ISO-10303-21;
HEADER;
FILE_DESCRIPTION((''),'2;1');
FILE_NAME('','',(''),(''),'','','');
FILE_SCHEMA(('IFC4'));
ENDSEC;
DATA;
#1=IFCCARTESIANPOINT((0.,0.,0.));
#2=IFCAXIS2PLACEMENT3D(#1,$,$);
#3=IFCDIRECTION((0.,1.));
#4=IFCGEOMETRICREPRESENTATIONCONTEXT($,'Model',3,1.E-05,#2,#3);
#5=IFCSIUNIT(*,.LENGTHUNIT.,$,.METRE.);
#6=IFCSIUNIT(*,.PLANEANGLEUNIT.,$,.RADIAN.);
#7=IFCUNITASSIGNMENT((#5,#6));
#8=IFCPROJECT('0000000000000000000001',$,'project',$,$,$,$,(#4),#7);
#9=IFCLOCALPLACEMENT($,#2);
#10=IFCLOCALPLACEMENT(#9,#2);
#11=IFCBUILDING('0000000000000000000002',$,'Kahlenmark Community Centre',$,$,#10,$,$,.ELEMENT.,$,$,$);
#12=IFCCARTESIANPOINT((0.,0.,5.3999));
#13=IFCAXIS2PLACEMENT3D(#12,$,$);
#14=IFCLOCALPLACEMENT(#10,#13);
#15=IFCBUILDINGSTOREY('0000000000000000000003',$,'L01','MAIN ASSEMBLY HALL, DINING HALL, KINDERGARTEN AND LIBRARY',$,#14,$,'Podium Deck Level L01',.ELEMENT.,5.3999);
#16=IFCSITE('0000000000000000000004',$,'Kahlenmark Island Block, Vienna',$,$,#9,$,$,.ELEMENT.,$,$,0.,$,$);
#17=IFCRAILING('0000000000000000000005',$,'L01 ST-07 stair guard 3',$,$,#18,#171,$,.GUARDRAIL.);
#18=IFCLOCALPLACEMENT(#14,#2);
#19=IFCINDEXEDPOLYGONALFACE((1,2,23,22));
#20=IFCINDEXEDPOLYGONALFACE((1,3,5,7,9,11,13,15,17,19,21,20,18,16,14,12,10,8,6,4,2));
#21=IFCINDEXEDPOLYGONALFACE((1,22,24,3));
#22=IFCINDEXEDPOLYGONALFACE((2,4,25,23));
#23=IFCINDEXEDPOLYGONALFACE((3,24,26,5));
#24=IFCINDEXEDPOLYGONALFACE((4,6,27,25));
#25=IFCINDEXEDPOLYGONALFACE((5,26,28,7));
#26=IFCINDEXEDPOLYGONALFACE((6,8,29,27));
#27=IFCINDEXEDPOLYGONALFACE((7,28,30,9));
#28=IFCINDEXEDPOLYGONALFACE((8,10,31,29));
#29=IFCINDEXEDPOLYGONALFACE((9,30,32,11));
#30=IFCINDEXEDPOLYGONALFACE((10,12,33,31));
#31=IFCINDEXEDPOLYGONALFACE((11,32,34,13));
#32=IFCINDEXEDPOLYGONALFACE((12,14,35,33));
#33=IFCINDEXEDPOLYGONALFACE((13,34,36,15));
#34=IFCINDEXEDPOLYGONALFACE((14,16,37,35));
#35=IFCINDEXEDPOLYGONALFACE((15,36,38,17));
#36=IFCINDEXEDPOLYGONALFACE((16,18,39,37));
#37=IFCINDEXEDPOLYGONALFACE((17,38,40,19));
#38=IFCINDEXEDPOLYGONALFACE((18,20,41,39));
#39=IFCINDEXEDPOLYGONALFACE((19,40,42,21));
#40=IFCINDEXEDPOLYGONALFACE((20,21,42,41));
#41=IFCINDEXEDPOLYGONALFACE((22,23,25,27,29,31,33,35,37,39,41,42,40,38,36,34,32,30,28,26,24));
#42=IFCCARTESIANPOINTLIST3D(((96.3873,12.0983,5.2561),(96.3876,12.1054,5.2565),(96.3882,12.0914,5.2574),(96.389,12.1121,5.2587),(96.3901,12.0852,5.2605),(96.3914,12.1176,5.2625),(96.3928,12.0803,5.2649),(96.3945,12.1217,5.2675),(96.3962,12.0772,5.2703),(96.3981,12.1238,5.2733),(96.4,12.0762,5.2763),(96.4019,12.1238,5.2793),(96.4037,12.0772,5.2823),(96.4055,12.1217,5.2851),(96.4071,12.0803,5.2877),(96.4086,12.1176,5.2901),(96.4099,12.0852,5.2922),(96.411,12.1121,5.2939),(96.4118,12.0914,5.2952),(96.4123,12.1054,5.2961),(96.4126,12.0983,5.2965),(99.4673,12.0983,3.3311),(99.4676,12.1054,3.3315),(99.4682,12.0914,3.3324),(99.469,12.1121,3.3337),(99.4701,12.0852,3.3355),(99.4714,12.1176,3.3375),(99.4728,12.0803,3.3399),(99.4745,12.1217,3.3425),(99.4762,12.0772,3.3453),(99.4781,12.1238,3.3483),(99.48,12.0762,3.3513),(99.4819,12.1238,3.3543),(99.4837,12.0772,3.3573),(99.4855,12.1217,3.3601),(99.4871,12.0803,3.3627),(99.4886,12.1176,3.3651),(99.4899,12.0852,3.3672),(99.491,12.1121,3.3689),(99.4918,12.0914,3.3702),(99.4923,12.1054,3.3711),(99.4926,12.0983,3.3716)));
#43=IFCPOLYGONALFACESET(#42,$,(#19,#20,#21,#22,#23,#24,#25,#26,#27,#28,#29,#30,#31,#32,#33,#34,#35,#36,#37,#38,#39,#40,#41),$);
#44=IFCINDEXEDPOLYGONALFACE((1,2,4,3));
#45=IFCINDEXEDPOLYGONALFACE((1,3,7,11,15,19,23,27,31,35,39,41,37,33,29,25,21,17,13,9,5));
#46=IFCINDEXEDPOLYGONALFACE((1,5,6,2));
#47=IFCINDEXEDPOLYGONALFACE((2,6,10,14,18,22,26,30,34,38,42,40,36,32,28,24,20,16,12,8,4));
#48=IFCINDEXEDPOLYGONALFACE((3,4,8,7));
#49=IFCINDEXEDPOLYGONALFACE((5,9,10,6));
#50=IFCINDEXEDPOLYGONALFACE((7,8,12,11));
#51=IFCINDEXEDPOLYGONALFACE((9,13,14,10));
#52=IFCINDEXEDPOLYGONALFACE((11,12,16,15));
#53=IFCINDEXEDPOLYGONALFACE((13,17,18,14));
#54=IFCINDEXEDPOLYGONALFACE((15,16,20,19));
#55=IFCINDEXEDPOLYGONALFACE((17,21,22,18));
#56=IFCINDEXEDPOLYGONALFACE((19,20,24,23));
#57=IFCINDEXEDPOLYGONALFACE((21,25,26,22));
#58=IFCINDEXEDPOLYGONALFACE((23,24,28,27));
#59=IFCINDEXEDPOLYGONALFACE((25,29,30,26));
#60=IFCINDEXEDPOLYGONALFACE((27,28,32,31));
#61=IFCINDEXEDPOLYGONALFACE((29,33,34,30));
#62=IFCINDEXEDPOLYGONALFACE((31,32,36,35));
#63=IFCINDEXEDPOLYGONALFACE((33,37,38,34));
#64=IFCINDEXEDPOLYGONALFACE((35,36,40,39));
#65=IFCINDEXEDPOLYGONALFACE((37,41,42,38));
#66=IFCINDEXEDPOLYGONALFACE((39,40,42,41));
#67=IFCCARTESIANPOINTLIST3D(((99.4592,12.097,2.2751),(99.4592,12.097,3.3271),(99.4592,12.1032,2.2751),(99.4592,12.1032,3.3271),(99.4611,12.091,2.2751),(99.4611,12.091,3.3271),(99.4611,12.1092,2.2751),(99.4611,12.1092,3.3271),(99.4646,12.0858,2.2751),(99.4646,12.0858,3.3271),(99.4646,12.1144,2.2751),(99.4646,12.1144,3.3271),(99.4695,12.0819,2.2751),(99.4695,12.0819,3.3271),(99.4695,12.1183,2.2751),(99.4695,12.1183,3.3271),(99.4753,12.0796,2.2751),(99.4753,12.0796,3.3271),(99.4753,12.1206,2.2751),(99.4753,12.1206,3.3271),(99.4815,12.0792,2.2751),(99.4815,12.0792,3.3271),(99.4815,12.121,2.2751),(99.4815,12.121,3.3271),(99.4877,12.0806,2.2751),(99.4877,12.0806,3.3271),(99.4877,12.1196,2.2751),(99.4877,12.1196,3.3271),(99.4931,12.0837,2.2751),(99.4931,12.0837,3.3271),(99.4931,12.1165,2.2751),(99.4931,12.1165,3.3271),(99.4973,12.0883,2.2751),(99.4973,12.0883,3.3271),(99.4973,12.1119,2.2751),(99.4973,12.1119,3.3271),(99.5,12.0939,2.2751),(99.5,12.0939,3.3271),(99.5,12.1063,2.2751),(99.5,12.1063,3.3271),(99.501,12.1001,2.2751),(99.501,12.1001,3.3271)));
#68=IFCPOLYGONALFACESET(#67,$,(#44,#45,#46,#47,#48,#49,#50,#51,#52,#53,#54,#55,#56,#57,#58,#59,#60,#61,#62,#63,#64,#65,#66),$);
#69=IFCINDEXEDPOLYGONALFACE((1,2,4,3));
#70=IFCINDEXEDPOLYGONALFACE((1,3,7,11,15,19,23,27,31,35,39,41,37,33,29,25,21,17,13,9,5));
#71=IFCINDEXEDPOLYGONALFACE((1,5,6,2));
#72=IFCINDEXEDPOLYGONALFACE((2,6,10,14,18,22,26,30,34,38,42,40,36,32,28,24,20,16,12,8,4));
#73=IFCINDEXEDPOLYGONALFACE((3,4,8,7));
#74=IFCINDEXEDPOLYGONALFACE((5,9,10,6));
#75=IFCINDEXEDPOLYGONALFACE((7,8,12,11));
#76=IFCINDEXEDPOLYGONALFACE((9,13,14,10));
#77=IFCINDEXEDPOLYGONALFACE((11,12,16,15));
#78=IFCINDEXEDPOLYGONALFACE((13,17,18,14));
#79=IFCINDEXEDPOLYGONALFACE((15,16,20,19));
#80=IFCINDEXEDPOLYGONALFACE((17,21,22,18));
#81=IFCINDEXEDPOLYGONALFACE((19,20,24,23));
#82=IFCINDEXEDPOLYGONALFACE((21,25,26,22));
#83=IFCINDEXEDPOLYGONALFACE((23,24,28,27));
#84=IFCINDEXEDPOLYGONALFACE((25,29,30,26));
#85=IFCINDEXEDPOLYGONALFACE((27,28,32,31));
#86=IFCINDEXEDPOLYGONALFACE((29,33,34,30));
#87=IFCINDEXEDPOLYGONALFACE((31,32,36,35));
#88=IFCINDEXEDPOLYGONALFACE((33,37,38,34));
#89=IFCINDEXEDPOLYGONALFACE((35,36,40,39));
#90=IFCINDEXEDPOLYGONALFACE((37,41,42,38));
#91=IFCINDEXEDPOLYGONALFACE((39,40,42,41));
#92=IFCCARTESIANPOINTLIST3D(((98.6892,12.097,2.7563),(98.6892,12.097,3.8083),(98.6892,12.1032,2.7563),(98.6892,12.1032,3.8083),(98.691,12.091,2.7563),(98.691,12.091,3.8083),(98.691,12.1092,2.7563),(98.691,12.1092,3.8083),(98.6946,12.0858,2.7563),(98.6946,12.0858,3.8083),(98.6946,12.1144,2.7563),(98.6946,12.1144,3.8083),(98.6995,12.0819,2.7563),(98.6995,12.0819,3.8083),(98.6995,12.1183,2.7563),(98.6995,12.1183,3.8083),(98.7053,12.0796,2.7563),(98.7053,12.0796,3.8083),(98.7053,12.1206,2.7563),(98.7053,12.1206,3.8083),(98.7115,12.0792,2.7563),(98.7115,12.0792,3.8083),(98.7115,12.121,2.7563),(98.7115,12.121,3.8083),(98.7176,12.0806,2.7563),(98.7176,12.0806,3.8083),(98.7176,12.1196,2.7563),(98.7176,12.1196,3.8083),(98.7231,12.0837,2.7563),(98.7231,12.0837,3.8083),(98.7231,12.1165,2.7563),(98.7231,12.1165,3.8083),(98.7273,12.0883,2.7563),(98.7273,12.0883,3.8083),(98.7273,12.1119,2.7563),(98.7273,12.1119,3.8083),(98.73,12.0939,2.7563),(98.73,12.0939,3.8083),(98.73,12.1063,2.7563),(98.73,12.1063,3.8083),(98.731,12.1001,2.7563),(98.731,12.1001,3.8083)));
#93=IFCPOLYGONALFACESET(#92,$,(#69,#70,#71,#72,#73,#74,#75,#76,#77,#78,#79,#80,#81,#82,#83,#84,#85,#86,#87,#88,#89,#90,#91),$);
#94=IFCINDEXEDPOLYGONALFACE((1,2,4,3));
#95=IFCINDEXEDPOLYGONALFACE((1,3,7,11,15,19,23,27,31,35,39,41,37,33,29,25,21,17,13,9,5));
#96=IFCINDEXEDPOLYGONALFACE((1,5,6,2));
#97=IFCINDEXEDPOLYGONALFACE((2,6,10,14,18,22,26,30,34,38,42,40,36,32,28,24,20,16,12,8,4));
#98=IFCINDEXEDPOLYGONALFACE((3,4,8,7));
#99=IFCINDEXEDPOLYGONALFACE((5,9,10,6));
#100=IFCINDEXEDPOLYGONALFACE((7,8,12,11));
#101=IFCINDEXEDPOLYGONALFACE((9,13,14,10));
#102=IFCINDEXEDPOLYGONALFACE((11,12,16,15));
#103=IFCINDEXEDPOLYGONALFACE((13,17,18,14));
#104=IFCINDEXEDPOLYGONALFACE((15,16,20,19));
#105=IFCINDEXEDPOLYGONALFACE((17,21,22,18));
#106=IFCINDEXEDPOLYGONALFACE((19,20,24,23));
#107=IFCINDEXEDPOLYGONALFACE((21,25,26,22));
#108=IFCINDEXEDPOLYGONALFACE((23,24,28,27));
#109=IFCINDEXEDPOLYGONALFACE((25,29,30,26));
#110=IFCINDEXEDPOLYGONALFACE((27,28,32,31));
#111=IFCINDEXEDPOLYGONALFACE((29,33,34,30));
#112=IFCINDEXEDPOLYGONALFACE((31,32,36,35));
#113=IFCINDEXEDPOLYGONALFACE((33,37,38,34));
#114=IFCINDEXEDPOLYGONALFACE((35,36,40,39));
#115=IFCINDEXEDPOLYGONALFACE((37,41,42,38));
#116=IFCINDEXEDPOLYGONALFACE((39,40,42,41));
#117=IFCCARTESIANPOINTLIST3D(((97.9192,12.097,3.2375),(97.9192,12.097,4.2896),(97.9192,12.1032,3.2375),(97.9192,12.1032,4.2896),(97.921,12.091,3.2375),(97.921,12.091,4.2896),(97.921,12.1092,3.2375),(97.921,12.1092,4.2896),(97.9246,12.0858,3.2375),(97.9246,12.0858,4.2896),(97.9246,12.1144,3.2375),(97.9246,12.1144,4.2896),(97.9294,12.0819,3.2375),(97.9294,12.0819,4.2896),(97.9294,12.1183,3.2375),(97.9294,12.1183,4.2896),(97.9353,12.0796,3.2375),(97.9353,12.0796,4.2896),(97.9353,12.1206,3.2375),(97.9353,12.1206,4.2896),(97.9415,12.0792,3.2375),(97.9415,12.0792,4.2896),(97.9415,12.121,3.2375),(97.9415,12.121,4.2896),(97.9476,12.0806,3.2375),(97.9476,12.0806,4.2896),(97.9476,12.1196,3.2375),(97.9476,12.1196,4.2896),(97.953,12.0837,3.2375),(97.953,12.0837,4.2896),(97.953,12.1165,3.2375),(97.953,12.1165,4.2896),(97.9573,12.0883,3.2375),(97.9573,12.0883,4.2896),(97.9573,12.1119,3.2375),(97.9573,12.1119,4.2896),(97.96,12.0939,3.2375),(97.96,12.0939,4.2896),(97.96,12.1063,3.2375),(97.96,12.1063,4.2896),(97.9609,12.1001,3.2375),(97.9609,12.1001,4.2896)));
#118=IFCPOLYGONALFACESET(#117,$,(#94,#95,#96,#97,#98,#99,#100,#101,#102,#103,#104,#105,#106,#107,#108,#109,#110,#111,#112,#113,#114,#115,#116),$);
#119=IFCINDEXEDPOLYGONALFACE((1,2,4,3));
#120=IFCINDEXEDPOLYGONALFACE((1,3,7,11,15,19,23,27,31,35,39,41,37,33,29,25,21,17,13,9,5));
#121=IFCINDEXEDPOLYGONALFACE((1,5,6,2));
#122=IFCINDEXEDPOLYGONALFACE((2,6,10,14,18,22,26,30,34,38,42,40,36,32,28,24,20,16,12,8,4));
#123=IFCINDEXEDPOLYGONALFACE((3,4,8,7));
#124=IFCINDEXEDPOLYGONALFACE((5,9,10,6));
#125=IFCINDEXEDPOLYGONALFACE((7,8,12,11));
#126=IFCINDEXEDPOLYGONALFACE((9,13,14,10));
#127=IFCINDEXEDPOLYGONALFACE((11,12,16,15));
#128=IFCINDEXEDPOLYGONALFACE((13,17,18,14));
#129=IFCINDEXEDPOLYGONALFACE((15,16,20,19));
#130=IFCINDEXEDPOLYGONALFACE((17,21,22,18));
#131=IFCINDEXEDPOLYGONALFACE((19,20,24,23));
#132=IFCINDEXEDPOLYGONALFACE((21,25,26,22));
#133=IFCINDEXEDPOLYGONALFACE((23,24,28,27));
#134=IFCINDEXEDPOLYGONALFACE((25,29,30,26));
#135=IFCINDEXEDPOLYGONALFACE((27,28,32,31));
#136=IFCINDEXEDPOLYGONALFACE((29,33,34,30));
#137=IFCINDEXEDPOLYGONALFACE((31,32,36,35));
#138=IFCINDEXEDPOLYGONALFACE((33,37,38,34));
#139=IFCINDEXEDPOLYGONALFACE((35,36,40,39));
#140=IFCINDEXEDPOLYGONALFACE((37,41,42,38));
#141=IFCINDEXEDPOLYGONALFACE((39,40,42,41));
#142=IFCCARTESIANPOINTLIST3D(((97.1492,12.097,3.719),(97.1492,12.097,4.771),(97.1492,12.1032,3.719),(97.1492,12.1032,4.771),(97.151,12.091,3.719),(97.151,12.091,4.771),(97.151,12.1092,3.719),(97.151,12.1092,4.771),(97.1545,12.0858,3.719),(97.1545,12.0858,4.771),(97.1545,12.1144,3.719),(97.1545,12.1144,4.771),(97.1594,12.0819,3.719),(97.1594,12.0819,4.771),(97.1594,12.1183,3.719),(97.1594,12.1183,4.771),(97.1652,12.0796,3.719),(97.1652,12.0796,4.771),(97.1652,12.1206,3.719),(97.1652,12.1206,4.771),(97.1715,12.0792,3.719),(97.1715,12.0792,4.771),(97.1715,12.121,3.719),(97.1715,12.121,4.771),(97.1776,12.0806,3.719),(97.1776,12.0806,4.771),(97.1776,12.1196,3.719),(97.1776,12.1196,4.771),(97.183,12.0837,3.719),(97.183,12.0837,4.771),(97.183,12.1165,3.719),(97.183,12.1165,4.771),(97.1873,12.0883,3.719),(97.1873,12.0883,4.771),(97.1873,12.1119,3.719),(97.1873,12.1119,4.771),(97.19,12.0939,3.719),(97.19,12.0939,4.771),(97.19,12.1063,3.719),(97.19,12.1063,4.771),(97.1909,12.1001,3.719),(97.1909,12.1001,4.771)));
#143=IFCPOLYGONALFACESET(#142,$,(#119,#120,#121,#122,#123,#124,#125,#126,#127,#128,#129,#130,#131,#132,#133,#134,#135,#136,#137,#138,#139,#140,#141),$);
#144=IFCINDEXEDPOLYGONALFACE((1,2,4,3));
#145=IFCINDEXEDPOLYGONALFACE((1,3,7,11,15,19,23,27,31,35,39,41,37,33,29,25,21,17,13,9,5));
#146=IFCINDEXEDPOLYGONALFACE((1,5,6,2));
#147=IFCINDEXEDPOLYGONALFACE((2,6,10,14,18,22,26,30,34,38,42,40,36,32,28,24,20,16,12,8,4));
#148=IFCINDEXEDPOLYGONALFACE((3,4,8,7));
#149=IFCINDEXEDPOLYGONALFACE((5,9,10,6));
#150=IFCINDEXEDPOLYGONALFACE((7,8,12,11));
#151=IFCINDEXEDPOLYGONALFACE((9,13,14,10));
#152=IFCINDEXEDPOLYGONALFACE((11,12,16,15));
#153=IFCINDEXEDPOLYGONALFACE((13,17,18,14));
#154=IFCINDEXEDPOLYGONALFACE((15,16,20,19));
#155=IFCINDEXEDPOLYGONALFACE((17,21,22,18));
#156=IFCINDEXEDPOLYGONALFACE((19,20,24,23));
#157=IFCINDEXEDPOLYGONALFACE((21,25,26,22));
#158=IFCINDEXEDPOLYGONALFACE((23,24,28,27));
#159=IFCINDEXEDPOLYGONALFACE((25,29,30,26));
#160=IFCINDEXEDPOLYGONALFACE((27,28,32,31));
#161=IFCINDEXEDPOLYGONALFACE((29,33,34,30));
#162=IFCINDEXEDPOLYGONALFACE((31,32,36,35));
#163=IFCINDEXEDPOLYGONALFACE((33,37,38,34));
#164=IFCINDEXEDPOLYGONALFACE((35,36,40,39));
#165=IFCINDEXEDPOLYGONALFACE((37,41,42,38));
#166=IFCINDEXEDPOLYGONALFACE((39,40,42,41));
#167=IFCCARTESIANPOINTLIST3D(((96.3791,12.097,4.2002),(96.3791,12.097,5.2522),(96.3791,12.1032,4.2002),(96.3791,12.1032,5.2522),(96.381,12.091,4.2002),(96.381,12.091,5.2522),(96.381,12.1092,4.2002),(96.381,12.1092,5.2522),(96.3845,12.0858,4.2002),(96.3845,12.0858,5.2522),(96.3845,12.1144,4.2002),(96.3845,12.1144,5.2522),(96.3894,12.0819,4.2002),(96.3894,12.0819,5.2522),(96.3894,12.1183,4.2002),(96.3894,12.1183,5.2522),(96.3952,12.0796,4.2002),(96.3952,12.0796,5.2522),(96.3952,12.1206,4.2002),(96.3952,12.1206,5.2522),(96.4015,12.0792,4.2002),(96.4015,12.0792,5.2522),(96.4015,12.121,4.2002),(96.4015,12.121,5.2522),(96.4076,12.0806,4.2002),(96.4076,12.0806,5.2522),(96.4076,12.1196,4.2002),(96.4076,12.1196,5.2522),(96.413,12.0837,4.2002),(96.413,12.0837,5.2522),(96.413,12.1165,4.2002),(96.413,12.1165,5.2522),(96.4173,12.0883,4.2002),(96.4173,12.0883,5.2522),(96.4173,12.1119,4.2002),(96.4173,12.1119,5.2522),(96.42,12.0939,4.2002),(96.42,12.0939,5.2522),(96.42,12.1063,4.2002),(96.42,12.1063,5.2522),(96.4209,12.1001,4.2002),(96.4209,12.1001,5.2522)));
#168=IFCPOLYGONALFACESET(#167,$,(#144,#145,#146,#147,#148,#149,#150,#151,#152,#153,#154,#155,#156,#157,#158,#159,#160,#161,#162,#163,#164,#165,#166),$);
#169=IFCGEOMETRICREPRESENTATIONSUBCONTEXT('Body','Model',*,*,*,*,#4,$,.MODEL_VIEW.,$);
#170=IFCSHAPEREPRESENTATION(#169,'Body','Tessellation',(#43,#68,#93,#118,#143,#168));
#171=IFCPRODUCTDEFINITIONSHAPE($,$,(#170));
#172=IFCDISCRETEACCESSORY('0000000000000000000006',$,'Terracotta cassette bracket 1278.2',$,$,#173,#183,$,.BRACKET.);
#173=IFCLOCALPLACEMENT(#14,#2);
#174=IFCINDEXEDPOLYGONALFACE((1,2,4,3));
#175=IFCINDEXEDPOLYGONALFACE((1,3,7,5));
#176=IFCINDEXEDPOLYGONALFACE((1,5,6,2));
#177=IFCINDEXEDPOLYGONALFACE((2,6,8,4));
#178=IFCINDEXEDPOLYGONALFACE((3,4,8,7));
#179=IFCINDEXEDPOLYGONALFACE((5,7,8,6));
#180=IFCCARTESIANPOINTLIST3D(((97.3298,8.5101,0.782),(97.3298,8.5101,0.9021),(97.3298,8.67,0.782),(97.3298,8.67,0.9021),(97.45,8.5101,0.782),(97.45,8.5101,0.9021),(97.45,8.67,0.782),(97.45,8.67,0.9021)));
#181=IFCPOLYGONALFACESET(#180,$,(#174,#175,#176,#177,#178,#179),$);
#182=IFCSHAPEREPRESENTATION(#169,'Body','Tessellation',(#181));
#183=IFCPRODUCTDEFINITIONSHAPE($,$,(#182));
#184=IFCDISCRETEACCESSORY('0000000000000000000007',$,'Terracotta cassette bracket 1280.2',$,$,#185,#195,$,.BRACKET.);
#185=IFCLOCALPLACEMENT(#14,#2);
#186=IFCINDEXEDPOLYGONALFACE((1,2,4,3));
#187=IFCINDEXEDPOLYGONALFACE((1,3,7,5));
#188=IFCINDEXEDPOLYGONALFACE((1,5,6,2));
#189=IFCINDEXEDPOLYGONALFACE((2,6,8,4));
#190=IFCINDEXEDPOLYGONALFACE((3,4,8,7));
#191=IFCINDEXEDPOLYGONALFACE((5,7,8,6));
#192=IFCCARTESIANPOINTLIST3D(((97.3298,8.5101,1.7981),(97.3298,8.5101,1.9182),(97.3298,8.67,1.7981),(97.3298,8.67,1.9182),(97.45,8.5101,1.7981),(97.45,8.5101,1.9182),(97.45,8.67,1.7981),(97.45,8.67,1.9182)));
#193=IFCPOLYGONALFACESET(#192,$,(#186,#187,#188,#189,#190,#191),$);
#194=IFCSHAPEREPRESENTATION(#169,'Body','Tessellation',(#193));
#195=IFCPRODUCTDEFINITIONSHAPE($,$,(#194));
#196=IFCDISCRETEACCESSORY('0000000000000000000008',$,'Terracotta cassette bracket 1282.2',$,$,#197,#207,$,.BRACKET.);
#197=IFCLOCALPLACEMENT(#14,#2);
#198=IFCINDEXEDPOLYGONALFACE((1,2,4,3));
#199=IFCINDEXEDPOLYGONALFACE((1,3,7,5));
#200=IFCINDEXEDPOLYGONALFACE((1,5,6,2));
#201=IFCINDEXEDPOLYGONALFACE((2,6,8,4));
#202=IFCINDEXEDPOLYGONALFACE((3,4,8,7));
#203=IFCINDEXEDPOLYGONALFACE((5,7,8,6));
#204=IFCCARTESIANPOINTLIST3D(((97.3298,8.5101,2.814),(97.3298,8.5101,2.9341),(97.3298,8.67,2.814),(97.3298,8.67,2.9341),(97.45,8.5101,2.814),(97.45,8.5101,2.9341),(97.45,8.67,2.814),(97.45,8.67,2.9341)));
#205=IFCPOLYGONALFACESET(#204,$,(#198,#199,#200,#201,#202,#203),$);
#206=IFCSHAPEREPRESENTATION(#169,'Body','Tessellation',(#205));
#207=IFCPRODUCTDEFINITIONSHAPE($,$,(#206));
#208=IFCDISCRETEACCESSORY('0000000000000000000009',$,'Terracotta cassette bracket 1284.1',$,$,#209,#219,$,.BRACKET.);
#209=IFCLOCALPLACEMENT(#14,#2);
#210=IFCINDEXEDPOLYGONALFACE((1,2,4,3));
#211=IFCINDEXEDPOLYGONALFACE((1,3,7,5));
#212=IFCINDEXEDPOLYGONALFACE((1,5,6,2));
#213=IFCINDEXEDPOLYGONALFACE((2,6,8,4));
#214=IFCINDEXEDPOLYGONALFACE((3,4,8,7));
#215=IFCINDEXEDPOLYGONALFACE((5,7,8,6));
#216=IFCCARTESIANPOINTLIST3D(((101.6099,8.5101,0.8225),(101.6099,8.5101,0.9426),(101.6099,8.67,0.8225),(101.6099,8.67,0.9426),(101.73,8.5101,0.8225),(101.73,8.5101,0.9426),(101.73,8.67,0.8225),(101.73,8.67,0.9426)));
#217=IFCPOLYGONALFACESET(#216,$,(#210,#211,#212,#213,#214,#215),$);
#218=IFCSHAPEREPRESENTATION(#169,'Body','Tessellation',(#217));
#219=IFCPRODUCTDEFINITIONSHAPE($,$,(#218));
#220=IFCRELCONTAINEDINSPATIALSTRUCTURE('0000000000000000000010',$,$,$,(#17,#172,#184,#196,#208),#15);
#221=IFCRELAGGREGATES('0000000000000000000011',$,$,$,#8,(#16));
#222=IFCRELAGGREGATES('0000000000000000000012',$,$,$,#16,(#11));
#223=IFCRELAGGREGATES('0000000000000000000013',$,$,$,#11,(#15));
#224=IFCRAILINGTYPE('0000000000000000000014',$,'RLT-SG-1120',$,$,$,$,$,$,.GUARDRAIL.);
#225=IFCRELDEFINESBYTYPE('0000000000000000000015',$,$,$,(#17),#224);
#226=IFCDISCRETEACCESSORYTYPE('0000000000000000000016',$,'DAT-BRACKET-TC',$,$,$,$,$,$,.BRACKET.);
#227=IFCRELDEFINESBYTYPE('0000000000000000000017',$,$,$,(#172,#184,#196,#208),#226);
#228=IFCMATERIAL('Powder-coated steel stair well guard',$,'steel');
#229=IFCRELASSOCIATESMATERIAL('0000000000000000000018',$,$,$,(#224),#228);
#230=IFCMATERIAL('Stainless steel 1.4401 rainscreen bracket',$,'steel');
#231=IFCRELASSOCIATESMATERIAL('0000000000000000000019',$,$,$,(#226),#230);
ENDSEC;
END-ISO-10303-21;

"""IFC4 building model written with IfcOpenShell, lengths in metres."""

from ifc_helpers import new_model, si_unit, direction, frame, origin, origin_2d, place, context, subcontext, project, spatial, rectangle, circle, extrude, material, type_object, element, save


model = new_model("IFC4")

# Units and contexts
model_context = context("Model", 3, precision=1e-05, world=origin(), true_north=direction((0.0, 1.0)))
body_context = subcontext(model_context, "Body", "Model", "MODEL_VIEW")
ifc_project = project(units=[si_unit("LENGTHUNIT", "METRE"), si_unit("PLANEANGLEUNIT", "RADIAN")], contexts=[model_context])

# Site, building, storey
site_placement = place(None, origin())
site = spatial("IfcSite", under=ifc_project, at=site_placement, Name="Kahlenmark Island Block, Vienna", CompositionType="ELEMENT", RefElevation=0.0)
building_placement = place(site_placement, origin())
building = spatial("IfcBuilding", under=site, at=building_placement, Name="Kahlenmark Community Centre", CompositionType="ELEMENT")
storey_placement = place(building_placement, frame((0.0, 0.0, 5.3999)))
storey = spatial("IfcBuildingStorey", under=building, at=storey_placement, Name="L01", Description="MAIN ASSEMBLY HALL, DINING HALL, KINDERGARTEN AND LIBRARY", LongName="Podium Deck Level L01", CompositionType="ELEMENT", Elevation=5.3999)

# Railing
ifc_material_1 = material(Name="Powder-coated steel stair well guard", Category="steel")
railing_type_1 = type_object("IfcRailingType", Name="RLT-SG-1120", PredefinedType="GUARDRAIL", material=ifc_material_1)
railing_1_placement = place(storey_placement, frame((99.48, 12.1001, 2.2751)))
element("IfcRailing", 1, at=railing_1_placement, inside=storey, type_object=railing_type_1, Name="L01 ST-07 stair guard 3", PredefinedType="GUARDRAIL", context=body_context, shape_type="SweptSolid", body=[
    extrude(circle(Radius=0.0239, at=origin_2d()), frame((0.0, 0.0, 1.0762), z_axis=(-0.847998, 0.0, 0.529999), x_axis=(0.0, -1.0, 0.0)), (0.0, 0.0, 1.0), 3.6321),
    extrude(circle(Radius=0.021, at=origin_2d()), origin(), (0.0, 0.0, 1.0), 1.052),
    extrude(circle(Radius=0.021, at=origin_2d()), frame((-0.77, 0.0, 0.4812)), (0.0, 0.0, 1.0), 1.052),
    extrude(circle(Radius=0.021, at=origin_2d()), frame((-1.54, 0.0, 0.9624)), (0.0, 0.0, 1.0), 1.052),
    extrude(circle(Radius=0.021, at=origin_2d()), frame((-2.3101, 0.0, 1.4438)), (0.0, 0.0, 1.0), 1.052),
    extrude(circle(Radius=0.021, at=origin_2d()), frame((-3.0801, 0.0, 1.925)), (0.0, 0.0, 1.0), 1.052),
])

# Discrete accessories
ifc_material_2 = material(Name="Stainless steel 1.4401 rainscreen bracket", Category="steel")
discrete_accessory_type = type_object("IfcDiscreteAccessoryType", Name="DAT-BRACKET-TC", PredefinedType="BRACKET", material=ifc_material_2)
for number, where, z_axis, x_axis, name in (
    (2, (97.3899, 8.5901, 0.782), (0.0, 0.0, 1.0), (1.0, 0.0, 0.0), "Terracotta cassette bracket 1278.2"),
    (3, (97.3899, 8.5901, 1.7981), (0.0, 0.0, 1.0), (1.0, 0.0, 0.0), "Terracotta cassette bracket 1280.2"),
    (4, (97.3899, 8.5901, 2.814), (0.0, 0.0, 1.0), (1.0, 0.0, 0.0), "Terracotta cassette bracket 1282.2"),
    (5, (101.6699, 8.5901, 0.8225), (0.0, 0.0, 1.0), (1.0, 0.0, 0.0), "Terracotta cassette bracket 1284.1"),
):
    element("IfcDiscreteAccessory", number, at=place(storey_placement, frame(where, z_axis=z_axis, x_axis=x_axis)), inside=storey, type_object=discrete_accessory_type, Name=name, PredefinedType="BRACKET", context=body_context, shape_type="SweptSolid", body=[
        extrude(rectangle(XDim=0.1201, YDim=0.1599, at=origin_2d()), origin(), (0.0, 0.0, 1.0), 0.1201),
    ])

save(model, "model.ifc")
